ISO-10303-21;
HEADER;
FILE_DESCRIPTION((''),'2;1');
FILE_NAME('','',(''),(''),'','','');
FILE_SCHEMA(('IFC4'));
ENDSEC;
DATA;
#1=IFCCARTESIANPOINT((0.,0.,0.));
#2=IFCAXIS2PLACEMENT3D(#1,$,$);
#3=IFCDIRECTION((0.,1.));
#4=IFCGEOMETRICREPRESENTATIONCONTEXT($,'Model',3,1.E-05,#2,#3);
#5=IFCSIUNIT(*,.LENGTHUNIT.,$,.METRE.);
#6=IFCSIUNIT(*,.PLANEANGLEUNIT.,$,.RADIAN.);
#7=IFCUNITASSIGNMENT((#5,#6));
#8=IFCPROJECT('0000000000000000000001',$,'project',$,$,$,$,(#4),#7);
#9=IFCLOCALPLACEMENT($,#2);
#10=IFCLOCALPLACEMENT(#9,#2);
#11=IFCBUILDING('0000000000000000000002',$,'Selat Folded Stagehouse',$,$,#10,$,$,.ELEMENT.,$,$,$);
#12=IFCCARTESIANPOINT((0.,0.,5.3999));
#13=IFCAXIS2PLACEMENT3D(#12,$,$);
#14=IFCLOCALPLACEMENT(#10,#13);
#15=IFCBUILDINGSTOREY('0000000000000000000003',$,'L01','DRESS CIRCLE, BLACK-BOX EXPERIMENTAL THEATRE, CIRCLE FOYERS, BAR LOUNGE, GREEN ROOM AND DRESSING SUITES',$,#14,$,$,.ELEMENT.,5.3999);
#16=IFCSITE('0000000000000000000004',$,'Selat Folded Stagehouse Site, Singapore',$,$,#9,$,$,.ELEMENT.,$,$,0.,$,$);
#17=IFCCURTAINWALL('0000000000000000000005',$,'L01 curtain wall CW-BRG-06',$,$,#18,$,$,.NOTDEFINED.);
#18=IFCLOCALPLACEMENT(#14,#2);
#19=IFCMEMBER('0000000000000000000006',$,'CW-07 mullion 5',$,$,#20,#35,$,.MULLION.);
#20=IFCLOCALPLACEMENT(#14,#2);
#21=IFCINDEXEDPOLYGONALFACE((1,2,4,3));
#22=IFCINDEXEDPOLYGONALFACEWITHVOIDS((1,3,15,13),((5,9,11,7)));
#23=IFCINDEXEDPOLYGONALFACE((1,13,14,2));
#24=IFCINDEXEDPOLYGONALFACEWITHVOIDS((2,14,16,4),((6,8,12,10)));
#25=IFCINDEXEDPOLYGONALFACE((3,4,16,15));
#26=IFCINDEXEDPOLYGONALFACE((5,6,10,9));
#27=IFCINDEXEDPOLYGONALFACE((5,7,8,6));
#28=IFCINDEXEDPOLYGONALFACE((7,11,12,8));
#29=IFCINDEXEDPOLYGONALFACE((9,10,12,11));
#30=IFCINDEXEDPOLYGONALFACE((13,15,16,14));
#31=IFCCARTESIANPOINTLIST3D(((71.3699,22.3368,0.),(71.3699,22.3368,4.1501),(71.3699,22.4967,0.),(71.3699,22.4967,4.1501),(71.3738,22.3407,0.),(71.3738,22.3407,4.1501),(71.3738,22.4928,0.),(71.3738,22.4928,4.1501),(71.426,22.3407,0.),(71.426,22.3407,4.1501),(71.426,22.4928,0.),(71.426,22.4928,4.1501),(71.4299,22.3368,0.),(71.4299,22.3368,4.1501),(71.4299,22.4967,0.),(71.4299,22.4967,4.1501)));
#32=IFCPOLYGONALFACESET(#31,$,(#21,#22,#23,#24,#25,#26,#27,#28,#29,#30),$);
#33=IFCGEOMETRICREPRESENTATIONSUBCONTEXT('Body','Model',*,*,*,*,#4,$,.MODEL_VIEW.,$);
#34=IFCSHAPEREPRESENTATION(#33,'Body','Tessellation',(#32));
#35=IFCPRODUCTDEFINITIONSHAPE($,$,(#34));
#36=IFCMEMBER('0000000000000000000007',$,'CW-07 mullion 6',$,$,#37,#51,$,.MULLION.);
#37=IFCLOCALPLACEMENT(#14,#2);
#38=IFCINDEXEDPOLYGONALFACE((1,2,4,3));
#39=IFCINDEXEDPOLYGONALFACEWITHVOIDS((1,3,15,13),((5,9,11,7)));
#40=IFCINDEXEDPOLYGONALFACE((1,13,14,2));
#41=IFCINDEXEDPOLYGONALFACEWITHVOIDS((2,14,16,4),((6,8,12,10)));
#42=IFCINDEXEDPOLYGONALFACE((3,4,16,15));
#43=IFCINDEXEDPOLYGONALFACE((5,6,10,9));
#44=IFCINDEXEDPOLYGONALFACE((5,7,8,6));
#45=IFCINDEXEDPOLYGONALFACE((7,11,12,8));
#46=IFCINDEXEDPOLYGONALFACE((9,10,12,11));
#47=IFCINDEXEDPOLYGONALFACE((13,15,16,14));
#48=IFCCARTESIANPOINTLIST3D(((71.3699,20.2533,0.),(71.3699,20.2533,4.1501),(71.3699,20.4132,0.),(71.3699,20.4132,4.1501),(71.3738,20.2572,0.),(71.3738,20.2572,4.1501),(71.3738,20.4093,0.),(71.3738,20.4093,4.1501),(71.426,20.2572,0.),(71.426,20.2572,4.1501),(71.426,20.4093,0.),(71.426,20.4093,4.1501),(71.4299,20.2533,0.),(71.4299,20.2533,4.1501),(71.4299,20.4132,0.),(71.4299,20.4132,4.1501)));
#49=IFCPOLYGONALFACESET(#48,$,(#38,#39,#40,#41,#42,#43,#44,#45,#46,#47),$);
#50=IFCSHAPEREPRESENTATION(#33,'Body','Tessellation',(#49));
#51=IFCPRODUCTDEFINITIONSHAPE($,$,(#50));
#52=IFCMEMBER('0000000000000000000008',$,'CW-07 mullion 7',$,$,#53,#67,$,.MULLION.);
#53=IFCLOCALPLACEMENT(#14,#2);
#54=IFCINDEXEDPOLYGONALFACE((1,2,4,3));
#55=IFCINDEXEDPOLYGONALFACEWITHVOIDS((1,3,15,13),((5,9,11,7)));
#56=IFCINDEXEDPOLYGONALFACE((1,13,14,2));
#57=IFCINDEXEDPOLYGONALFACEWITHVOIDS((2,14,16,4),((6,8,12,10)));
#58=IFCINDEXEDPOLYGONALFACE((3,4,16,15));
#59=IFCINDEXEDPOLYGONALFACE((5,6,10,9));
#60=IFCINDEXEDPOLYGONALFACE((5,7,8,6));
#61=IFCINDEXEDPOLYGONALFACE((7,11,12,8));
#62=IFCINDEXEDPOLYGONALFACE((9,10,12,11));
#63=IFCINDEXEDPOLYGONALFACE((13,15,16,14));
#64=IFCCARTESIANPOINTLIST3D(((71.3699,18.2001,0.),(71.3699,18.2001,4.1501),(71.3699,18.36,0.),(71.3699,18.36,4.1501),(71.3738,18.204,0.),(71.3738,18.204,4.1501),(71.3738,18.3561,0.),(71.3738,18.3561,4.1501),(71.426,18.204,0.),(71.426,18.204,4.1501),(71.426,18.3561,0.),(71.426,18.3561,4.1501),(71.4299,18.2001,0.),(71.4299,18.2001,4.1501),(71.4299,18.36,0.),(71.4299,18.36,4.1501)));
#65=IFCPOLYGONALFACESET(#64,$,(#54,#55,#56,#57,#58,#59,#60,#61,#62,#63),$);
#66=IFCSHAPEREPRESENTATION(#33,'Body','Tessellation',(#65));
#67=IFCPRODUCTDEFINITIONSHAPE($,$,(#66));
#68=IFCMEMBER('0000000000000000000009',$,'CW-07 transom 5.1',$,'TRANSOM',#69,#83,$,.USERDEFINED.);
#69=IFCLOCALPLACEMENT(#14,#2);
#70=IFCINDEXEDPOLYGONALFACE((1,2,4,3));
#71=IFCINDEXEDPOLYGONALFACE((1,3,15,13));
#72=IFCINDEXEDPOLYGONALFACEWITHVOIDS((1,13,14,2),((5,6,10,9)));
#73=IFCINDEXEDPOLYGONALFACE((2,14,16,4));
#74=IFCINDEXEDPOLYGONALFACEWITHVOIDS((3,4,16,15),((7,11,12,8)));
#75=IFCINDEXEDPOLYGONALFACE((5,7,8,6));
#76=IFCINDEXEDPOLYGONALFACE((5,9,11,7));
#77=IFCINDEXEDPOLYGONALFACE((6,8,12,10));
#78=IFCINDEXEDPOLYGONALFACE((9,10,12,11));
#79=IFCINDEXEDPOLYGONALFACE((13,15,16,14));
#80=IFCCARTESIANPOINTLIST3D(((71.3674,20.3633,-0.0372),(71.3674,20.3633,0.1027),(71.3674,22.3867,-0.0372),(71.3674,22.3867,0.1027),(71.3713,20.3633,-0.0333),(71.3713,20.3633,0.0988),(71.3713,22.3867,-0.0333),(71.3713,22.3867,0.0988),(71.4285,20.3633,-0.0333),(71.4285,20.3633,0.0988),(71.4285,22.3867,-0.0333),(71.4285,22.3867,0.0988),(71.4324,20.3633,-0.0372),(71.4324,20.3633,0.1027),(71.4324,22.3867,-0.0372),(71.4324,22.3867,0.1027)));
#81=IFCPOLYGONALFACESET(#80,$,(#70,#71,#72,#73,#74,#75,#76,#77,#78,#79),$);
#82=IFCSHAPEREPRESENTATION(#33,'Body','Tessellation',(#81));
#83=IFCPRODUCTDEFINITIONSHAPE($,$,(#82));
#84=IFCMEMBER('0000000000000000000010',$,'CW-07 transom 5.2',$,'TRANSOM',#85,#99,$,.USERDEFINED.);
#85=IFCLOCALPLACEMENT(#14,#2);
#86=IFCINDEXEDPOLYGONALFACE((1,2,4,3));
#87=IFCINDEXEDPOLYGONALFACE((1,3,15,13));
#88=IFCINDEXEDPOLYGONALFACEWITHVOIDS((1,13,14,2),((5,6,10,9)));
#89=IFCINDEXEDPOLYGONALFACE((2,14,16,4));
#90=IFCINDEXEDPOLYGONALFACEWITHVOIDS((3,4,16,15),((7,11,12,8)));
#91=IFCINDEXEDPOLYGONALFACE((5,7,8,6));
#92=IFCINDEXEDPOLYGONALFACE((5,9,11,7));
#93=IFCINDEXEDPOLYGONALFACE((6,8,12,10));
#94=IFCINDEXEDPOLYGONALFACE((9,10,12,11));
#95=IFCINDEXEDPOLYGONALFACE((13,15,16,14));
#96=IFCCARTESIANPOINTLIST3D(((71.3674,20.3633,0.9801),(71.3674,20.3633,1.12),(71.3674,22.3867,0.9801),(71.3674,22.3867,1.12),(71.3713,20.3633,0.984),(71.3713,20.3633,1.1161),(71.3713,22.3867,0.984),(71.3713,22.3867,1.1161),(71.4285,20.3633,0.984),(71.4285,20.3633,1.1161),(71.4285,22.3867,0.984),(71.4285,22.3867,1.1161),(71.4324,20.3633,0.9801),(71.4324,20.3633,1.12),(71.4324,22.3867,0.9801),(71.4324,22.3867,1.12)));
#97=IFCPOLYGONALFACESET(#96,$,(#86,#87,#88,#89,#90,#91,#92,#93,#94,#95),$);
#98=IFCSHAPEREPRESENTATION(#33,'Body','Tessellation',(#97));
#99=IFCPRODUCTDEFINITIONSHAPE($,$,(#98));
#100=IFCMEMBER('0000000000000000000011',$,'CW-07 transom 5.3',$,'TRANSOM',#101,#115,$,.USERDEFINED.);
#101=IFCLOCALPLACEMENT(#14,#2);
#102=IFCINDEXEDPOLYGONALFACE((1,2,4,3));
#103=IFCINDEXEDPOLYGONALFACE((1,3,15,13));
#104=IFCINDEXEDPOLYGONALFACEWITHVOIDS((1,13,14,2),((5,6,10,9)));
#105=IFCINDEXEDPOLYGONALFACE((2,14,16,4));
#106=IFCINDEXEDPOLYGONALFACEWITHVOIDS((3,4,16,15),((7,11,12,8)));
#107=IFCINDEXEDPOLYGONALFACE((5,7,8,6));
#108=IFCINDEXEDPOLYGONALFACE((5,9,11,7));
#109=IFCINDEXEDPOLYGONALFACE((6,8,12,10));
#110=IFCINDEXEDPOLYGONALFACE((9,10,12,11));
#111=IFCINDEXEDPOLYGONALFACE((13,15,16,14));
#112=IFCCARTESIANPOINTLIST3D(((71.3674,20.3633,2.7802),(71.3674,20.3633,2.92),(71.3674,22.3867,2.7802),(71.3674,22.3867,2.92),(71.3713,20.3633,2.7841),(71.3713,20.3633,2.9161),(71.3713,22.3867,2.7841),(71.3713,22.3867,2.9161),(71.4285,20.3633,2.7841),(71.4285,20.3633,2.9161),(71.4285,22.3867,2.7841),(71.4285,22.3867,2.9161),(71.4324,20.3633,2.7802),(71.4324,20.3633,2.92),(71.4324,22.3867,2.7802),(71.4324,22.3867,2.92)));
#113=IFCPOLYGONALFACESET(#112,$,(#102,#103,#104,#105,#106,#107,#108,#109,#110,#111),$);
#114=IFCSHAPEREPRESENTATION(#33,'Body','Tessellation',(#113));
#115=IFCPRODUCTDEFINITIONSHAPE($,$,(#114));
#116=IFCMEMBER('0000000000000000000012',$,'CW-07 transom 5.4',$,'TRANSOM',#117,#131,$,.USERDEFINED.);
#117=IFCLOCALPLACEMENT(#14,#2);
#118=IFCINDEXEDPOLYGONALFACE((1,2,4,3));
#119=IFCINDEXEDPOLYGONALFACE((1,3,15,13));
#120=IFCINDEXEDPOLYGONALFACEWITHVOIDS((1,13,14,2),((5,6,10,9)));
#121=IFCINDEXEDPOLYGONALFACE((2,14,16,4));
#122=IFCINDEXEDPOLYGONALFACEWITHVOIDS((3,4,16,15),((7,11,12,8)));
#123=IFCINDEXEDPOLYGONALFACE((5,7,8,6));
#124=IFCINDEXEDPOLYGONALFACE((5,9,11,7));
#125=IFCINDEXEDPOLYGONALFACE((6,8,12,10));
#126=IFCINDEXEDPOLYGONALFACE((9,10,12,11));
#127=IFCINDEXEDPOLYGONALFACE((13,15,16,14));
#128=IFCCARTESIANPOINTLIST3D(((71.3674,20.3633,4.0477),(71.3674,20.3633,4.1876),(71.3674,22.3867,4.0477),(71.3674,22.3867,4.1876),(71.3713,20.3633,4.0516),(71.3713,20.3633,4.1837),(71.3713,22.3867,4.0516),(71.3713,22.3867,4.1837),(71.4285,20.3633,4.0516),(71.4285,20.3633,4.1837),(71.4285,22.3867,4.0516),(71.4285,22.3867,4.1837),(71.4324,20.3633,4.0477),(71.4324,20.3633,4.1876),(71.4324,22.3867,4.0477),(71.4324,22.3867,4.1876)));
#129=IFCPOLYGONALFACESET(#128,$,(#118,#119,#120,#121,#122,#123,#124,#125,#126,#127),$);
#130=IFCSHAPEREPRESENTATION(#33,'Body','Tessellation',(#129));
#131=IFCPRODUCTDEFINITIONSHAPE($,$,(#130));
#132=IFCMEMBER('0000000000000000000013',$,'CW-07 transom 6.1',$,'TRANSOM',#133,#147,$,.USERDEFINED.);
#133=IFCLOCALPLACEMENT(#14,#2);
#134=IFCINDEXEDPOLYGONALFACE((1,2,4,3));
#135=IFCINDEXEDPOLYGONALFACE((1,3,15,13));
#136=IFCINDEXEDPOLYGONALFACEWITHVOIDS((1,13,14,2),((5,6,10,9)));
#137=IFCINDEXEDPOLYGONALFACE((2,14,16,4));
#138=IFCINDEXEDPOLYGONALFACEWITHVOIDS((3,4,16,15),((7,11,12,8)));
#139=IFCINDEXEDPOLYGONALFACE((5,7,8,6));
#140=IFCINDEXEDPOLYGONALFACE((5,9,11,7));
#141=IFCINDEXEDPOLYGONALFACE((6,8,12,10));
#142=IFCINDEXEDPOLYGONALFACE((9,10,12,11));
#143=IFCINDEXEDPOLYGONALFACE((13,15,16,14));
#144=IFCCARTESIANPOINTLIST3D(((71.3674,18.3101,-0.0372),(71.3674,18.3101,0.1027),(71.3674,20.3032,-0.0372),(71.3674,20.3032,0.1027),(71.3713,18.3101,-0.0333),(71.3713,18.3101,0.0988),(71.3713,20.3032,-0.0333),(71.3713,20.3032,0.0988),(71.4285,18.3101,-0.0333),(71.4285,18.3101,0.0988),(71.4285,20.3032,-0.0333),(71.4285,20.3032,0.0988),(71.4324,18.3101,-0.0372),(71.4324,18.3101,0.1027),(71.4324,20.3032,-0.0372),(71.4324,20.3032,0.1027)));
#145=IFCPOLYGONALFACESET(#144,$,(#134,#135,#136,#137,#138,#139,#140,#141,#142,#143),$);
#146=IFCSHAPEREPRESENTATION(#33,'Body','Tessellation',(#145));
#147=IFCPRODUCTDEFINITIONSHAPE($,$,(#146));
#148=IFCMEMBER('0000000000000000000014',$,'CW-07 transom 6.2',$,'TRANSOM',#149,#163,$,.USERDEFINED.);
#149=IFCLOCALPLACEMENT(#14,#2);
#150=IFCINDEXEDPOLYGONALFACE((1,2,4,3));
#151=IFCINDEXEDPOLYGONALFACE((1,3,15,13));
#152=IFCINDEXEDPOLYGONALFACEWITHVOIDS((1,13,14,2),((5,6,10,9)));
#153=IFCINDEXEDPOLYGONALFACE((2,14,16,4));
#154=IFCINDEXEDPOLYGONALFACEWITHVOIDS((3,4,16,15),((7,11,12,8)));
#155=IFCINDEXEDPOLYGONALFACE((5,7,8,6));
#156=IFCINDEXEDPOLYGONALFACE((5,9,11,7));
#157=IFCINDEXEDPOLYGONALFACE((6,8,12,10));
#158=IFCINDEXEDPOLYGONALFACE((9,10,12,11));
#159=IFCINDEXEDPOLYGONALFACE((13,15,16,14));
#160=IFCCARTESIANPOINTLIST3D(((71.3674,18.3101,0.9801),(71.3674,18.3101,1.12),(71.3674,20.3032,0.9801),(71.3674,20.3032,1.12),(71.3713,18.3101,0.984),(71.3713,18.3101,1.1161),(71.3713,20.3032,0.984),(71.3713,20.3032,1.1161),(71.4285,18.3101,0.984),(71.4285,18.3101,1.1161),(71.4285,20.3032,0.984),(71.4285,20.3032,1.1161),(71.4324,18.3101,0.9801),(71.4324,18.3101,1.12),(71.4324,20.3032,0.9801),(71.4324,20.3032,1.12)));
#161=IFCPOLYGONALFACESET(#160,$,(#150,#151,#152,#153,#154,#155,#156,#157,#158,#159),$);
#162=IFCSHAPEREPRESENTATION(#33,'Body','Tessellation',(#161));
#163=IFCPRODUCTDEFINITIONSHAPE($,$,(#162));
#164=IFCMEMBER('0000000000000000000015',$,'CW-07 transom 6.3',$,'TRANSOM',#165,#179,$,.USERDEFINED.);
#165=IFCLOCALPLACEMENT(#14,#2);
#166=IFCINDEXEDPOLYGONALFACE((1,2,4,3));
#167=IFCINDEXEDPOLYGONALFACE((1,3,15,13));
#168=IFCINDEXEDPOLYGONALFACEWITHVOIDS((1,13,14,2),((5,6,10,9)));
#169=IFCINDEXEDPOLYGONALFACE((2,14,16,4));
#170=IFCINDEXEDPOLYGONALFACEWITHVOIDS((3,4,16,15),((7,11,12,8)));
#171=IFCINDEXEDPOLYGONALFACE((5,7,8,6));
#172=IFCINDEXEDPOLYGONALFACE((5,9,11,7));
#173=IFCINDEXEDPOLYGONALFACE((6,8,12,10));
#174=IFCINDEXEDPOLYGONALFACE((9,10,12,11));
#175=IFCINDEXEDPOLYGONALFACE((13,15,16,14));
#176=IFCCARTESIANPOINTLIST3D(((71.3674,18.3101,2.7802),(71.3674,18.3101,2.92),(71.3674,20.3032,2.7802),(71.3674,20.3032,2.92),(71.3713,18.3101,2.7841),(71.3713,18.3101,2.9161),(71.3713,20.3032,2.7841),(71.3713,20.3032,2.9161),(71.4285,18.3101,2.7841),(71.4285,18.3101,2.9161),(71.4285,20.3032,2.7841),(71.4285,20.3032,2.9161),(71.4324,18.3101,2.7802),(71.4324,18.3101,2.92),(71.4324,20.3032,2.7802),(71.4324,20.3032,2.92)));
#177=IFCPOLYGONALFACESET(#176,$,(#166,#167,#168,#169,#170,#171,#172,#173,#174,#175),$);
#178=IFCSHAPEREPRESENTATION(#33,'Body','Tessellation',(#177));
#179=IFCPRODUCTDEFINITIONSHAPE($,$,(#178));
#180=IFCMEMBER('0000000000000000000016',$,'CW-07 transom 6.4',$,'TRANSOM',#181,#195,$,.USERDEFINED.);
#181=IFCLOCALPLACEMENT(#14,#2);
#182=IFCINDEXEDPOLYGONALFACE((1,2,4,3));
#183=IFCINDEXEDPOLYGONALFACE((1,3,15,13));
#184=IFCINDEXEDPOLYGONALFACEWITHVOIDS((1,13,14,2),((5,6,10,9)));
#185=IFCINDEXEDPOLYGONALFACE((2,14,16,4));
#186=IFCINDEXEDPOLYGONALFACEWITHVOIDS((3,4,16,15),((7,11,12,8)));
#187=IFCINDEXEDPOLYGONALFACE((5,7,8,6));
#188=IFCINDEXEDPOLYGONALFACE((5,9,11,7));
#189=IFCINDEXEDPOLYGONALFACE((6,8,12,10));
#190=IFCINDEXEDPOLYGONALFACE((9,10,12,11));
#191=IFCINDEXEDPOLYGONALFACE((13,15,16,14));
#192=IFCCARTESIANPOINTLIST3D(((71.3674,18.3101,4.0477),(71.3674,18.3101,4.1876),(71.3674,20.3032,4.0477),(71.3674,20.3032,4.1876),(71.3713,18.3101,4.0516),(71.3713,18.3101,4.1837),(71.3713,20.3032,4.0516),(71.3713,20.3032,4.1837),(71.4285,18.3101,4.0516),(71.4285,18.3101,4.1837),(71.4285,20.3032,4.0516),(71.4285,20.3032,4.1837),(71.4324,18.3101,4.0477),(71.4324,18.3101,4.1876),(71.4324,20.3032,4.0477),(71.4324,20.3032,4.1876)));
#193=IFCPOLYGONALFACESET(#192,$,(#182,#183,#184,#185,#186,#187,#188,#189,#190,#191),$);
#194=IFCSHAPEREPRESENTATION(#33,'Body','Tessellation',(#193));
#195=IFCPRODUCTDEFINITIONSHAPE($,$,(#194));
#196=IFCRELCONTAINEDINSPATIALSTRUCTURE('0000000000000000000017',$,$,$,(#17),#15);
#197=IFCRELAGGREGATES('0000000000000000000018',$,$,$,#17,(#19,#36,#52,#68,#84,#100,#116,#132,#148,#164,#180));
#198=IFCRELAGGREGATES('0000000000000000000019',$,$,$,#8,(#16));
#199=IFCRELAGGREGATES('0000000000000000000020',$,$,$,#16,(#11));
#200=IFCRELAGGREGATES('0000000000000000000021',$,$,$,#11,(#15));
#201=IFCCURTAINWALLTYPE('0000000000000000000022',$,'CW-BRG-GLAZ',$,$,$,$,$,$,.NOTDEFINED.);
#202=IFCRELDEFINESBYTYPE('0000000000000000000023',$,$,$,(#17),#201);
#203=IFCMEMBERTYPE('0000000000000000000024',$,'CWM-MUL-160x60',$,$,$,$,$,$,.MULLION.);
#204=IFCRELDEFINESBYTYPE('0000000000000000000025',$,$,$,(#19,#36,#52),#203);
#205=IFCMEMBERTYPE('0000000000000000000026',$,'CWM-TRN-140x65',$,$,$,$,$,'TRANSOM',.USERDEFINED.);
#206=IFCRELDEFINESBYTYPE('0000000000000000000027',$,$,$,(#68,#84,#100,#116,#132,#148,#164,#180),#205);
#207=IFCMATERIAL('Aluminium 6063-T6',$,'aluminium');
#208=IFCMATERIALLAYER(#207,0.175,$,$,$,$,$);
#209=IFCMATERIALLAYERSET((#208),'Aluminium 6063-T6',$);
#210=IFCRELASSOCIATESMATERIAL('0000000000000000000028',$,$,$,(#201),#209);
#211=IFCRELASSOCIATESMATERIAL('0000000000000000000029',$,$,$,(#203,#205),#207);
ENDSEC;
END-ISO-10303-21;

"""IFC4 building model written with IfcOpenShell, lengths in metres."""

from ifc_helpers import new_model, si_unit, direction, frame, origin, origin_2d, place, context, subcontext, project, spatial, hollow_rectangle, extrude, material, layer, layer_set, material_profile, profile_set, type_object, element, aggregate, save


model = new_model("IFC4")

# Units and contexts
model_context = context("Model", 3, precision=1e-05, world=origin(), true_north=direction((0.0, 1.0)))
body_context = subcontext(model_context, "Body", "Model", "MODEL_VIEW")
ifc_project = project(units=[si_unit("LENGTHUNIT", "METRE"), si_unit("PLANEANGLEUNIT", "RADIAN")], contexts=[model_context])

# Site, building, storey
site_placement = place(None, origin())
site = spatial("IfcSite", under=ifc_project, at=site_placement, Name="Selat Folded Stagehouse Site, Singapore", CompositionType="ELEMENT", RefElevation=0.0)
building_placement = place(site_placement, origin())
building = spatial("IfcBuilding", under=site, at=building_placement, Name="Selat Folded Stagehouse", CompositionType="ELEMENT")
storey_placement = place(building_placement, frame((0.0, 0.0, 5.3999)))
storey = spatial("IfcBuildingStorey", under=building, at=storey_placement, Name="L01", Description="DRESS CIRCLE, BLACK-BOX EXPERIMENTAL THEATRE, CIRCLE FOYERS, BAR LOUNGE, GREEN ROOM AND DRESSING SUITES", CompositionType="ELEMENT", Elevation=5.3999)

# Curtain wall, members
ifc_material_1 = material(Name="Aluminium 6063-T6", Category="aluminium")
ifc_layer_1 = layer(ifc_material_1, 0.175)
ifc_layer_set_1 = layer_set([ifc_layer_1], Name="Aluminium 6063-T6")
curtain_wall_type = type_object("IfcCurtainWallType", Name="CW-BRG-GLAZ", PredefinedType="NOTDEFINED", material=ifc_layer_set_1)
curtain_wall_placement = place(storey_placement, origin())
curtain_wall = element("IfcCurtainWall", 1, at=curtain_wall_placement, inside=storey, type_object=curtain_wall_type, Name="L01 curtain wall CW-BRG-06", PredefinedType="NOTDEFINED")
ifc_material_profile_1 = material_profile(ifc_material_1, hollow_rectangle(XDim=0.0601, YDim=0.1599, WallThickness=0.0039, at=origin_2d()), Name="ALU 160x60x4.0")
ifc_profile_set_1 = profile_set([ifc_material_profile_1], Name="Aluminium 6063-T6")
member_type_1 = type_object("IfcMemberType", Name="CWM-MUL-160x60", PredefinedType="MULLION", material=ifc_profile_set_1)
member_1_placement = place(storey_placement, frame((71.3999, 22.4167, 0.0), z_axis=(0.0, 0.0, 1.0), x_axis=(1.0, 0.0, 0.0)))
member_1 = element("IfcMember", 2, at=member_1_placement, type_object=member_type_1, Name="CW-07 mullion 5", PredefinedType="MULLION", context=body_context, shape_type="SweptSolid", body=[
    extrude(hollow_rectangle(XDim=0.0601, YDim=0.1599, WallThickness=0.0039, at=origin_2d()), origin(), (0.0, 0.0, 1.0), 4.1501),
])
member_2_placement = place(storey_placement, frame((71.3999, 20.3333, 0.0), z_axis=(0.0, 0.0, 1.0), x_axis=(1.0, 0.0, 0.0)))
member_2 = element("IfcMember", 3, at=member_2_placement, type_object=member_type_1, Name="CW-07 mullion 6", PredefinedType="MULLION", context=body_context, shape_type="SweptSolid", body=[
    extrude(hollow_rectangle(XDim=0.0601, YDim=0.1599, WallThickness=0.0039, at=origin_2d()), origin(), (0.0, 0.0, 1.0), 4.1501),
])
member_3_placement = place(storey_placement, frame((71.3999, 18.28, 0.0), z_axis=(0.0, 0.0, 1.0), x_axis=(1.0, 0.0, 0.0)))
member_3 = element("IfcMember", 4, at=member_3_placement, type_object=member_type_1, Name="CW-07 mullion 7", PredefinedType="MULLION", context=body_context, shape_type="SweptSolid", body=[
    extrude(hollow_rectangle(XDim=0.0601, YDim=0.1599, WallThickness=0.0039, at=origin_2d()), origin(), (0.0, 0.0, 1.0), 4.1501),
])
ifc_material_profile_2 = material_profile(ifc_material_1, hollow_rectangle(XDim=0.0649, YDim=0.1399, WallThickness=0.0039, at=origin_2d()), Name="ALU 140x65x4.0")
ifc_profile_set_2 = profile_set([ifc_material_profile_2], Name="Aluminium 6063-T6")
member_type_2 = type_object("IfcMemberType", Name="CWM-TRN-140x65", ElementType="TRANSOM", PredefinedType="USERDEFINED", material=ifc_profile_set_2)
member_4_placement = place(storey_placement, frame((71.3999, 22.3867, 0.0327), z_axis=(0.0, -1.0, 0.0), x_axis=(1.0, 0.0, 0.0)))
member_4 = element("IfcMember", 5, at=member_4_placement, type_object=member_type_2, Name="CW-07 transom 5.1", ObjectType="TRANSOM", PredefinedType="USERDEFINED", context=body_context, shape_type="SweptSolid", body=[
    extrude(hollow_rectangle(XDim=0.0649, YDim=0.1399, WallThickness=0.0039, at=origin_2d()), origin(), (0.0, 0.0, 1.0), 2.0234),
])
member_5_placement = place(storey_placement, frame((71.3999, 22.3867, 1.05), z_axis=(0.0, -1.0, 0.0), x_axis=(1.0, 0.0, 0.0)))
member_5 = element("IfcMember", 6, at=member_5_placement, type_object=member_type_2, Name="CW-07 transom 5.2", ObjectType="TRANSOM", PredefinedType="USERDEFINED", context=body_context, shape_type="SweptSolid", body=[
    extrude(hollow_rectangle(XDim=0.0649, YDim=0.1399, WallThickness=0.0039, at=origin_2d()), origin(), (0.0, 0.0, 1.0), 2.0234),
])
member_6_placement = place(storey_placement, frame((71.3999, 22.3867, 2.8501), z_axis=(0.0, -1.0, 0.0), x_axis=(1.0, 0.0, 0.0)))
member_6 = element("IfcMember", 7, at=member_6_placement, type_object=member_type_2, Name="CW-07 transom 5.3", ObjectType="TRANSOM", PredefinedType="USERDEFINED", context=body_context, shape_type="SweptSolid", body=[
    extrude(hollow_rectangle(XDim=0.0649, YDim=0.1399, WallThickness=0.0039, at=origin_2d()), origin(), (0.0, 0.0, 1.0), 2.0234),
])
member_7_placement = place(storey_placement, frame((71.3999, 22.3867, 4.1177), z_axis=(0.0, -1.0, 0.0), x_axis=(1.0, 0.0, 0.0)))
member_7 = element("IfcMember", 8, at=member_7_placement, type_object=member_type_2, Name="CW-07 transom 5.4", ObjectType="TRANSOM", PredefinedType="USERDEFINED", context=body_context, shape_type="SweptSolid", body=[
    extrude(hollow_rectangle(XDim=0.0649, YDim=0.1399, WallThickness=0.0039, at=origin_2d()), origin(), (0.0, 0.0, 1.0), 2.0234),
])
member_8_placement = place(storey_placement, frame((71.3999, 20.3032, 0.0327), z_axis=(0.0, -1.0, 0.0), x_axis=(1.0, 0.0, 0.0)))
member_8 = element("IfcMember", 9, at=member_8_placement, type_object=member_type_2, Name="CW-07 transom 6.1", ObjectType="TRANSOM", PredefinedType="USERDEFINED", context=body_context, shape_type="SweptSolid", body=[
    extrude(hollow_rectangle(XDim=0.0649, YDim=0.1399, WallThickness=0.0039, at=origin_2d()), origin(), (0.0, 0.0, 1.0), 1.9932),
])
member_9_placement = place(storey_placement, frame((71.3999, 20.3032, 1.05), z_axis=(0.0, -1.0, 0.0), x_axis=(1.0, 0.0, 0.0)))
member_9 = element("IfcMember", 10, at=member_9_placement, type_object=member_type_2, Name="CW-07 transom 6.2", ObjectType="TRANSOM", PredefinedType="USERDEFINED", context=body_context, shape_type="SweptSolid", body=[
    extrude(hollow_rectangle(XDim=0.0649, YDim=0.1399, WallThickness=0.0039, at=origin_2d()), origin(), (0.0, 0.0, 1.0), 1.9932),
])
member_10_placement = place(storey_placement, frame((71.3999, 20.3032, 2.8501), z_axis=(0.0, -1.0, 0.0), x_axis=(1.0, 0.0, 0.0)))
member_10 = element("IfcMember", 11, at=member_10_placement, type_object=member_type_2, Name="CW-07 transom 6.3", ObjectType="TRANSOM", PredefinedType="USERDEFINED", context=body_context, shape_type="SweptSolid", body=[
    extrude(hollow_rectangle(XDim=0.0649, YDim=0.1399, WallThickness=0.0039, at=origin_2d()), origin(), (0.0, 0.0, 1.0), 1.9932),
])
member_11_placement = place(storey_placement, frame((71.3999, 20.3032, 4.1177), z_axis=(0.0, -1.0, 0.0), x_axis=(1.0, 0.0, 0.0)))
member_11 = element("IfcMember", 12, at=member_11_placement, type_object=member_type_2, Name="CW-07 transom 6.4", ObjectType="TRANSOM", PredefinedType="USERDEFINED", context=body_context, shape_type="SweptSolid", body=[
    extrude(hollow_rectangle(XDim=0.0649, YDim=0.1399, WallThickness=0.0039, at=origin_2d()), origin(), (0.0, 0.0, 1.0), 1.9932),
])
aggregate(curtain_wall, [member_1, member_2, member_3, member_4, member_5, member_6, member_7, member_8, member_9, member_10, member_11])

save(model, "model.ifc")
